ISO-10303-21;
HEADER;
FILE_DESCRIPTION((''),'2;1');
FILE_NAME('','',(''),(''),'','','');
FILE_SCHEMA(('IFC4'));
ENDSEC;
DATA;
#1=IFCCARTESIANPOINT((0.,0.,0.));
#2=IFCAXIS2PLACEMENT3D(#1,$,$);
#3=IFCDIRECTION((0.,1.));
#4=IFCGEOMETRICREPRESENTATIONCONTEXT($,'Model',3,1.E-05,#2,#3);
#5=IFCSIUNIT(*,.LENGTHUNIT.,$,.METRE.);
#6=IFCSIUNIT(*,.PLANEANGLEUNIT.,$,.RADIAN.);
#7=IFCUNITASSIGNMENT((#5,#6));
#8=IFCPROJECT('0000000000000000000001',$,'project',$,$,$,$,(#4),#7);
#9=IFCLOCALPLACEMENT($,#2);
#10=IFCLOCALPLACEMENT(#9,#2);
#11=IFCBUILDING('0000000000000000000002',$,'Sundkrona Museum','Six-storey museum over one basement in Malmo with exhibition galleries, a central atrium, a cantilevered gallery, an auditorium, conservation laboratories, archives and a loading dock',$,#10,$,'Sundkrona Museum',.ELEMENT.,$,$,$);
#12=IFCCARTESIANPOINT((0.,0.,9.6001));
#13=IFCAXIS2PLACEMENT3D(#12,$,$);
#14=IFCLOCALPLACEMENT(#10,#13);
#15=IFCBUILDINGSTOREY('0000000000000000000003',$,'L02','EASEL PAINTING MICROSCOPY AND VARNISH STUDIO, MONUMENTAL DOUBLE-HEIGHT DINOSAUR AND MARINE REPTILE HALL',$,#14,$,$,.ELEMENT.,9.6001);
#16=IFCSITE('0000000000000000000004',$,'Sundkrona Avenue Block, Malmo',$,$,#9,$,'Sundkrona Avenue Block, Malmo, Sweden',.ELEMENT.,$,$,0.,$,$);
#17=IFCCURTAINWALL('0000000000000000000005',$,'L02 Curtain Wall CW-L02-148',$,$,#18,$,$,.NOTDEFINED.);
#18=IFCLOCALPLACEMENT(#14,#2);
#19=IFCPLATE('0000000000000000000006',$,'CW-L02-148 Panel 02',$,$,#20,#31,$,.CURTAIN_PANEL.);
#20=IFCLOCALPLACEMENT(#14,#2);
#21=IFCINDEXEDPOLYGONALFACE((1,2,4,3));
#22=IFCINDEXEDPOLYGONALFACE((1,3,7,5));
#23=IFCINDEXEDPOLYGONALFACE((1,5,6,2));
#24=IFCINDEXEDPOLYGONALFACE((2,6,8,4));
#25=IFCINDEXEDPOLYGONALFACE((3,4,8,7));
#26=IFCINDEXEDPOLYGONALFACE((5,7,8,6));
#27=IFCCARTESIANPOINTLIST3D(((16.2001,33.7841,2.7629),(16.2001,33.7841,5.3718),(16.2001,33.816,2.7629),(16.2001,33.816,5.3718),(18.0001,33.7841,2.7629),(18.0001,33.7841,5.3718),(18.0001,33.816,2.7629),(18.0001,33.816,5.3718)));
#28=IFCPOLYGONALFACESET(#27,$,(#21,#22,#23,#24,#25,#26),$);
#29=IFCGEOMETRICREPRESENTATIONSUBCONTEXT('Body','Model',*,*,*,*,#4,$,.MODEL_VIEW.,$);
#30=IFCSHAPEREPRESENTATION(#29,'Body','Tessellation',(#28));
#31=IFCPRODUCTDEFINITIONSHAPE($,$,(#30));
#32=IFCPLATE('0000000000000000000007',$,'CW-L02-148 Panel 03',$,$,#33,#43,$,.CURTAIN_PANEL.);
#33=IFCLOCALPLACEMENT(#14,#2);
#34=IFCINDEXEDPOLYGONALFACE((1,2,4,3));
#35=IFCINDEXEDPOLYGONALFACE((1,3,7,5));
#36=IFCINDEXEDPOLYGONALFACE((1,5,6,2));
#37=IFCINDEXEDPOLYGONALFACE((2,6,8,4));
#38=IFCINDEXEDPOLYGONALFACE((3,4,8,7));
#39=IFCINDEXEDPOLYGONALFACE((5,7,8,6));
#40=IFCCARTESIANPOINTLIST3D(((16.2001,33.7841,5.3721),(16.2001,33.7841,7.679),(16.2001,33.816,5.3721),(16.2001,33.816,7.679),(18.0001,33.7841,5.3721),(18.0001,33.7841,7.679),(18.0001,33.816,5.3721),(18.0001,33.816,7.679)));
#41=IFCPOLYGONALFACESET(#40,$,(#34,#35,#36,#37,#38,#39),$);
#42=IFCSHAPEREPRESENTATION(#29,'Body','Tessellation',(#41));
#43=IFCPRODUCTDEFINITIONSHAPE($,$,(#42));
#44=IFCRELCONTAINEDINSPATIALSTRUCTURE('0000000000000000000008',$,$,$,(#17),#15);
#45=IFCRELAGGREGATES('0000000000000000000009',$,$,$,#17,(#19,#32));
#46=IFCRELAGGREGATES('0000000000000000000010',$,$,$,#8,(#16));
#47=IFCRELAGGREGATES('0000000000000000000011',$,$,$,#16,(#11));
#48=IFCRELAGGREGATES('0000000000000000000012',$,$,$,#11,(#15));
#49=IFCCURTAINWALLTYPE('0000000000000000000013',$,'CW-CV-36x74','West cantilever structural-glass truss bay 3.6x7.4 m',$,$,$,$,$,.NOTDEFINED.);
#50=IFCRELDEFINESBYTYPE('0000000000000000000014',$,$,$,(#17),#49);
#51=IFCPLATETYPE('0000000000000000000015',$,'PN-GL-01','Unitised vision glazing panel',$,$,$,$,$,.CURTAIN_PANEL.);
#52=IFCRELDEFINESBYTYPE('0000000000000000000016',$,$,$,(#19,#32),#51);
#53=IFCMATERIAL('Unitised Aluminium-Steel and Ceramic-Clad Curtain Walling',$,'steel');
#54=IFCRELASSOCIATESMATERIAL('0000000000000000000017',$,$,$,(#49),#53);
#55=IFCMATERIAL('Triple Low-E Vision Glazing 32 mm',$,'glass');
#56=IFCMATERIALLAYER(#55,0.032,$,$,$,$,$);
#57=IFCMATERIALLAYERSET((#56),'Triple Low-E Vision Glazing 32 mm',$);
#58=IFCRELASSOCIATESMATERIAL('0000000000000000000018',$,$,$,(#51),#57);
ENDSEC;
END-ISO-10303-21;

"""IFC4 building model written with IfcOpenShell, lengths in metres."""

from ifc_helpers import new_model, si_unit, direction, frame, origin, origin_2d, place, context, subcontext, project, spatial, rectangle, extrude, material, layer, layer_set, type_object, element, aggregate, save


model = new_model("IFC4")

# Units and contexts
model_context = context("Model", 3, precision=1e-05, world=origin(), true_north=direction((0.0, 1.0)))
body_context = subcontext(model_context, "Body", "Model", "MODEL_VIEW")
ifc_project = project(units=[si_unit("LENGTHUNIT", "METRE"), si_unit("PLANEANGLEUNIT", "RADIAN")], contexts=[model_context])

# Site, building, storey
site_placement = place(None, origin())
site = spatial("IfcSite", under=ifc_project, at=site_placement, Name="Sundkrona Avenue Block, Malmo", LongName="Sundkrona Avenue Block, Malmo, Sweden", CompositionType="ELEMENT", RefElevation=0.0)
building_placement = place(site_placement, origin())
building = spatial("IfcBuilding", under=site, at=building_placement, Name="Sundkrona Museum", Description="Six-storey museum over one basement in Malmo with exhibition galleries, a central atrium, a cantilevered gallery, an auditorium, conservation laboratories, archives and a loading dock", LongName="Sundkrona Museum", CompositionType="ELEMENT")
storey_placement = place(building_placement, frame((0.0, 0.0, 9.6001)))
storey = spatial("IfcBuildingStorey", under=building, at=storey_placement, Name="L02", Description="EASEL PAINTING MICROSCOPY AND VARNISH STUDIO, MONUMENTAL DOUBLE-HEIGHT DINOSAUR AND MARINE REPTILE HALL", CompositionType="ELEMENT", Elevation=9.6001)

# Curtain wall
ifc_material_1 = material(Name="Unitised Aluminium-Steel and Ceramic-Clad Curtain Walling", Category="steel")
curtain_wall_type = type_object("IfcCurtainWallType", Name="CW-CV-36x74", Description="West cantilever structural-glass truss bay 3.6x7.4 m", PredefinedType="NOTDEFINED", material=ifc_material_1)
curtain_wall_1_placement = place(storey_placement, origin())
curtain_wall_1 = element("IfcCurtainWall", 1, at=curtain_wall_1_placement, inside=storey, type_object=curtain_wall_type, Name="L02 Curtain Wall CW-L02-148", PredefinedType="NOTDEFINED")

# Plates
ifc_material_2 = material(Name="Triple Low-E Vision Glazing 32 mm", Category="glass")
ifc_layer = layer(ifc_material_2, 0.032)
ifc_layer_set = layer_set([ifc_layer], Name="Triple Low-E Vision Glazing 32 mm")
plate_type = type_object("IfcPlateType", Name="PN-GL-01", Description="Unitised vision glazing panel", PredefinedType="CURTAIN_PANEL", material=ifc_layer_set)
plate_1_placement = place(storey_placement, frame((17.1001, 33.8, 2.7629), z_axis=(0.0, 0.0, 1.0), x_axis=(1.0, 0.0, 0.0)))
plate_1 = element("IfcPlate", 2, at=plate_1_placement, type_object=plate_type, Name="CW-L02-148 Panel 02", PredefinedType="CURTAIN_PANEL", context=body_context, shape_type="SweptSolid", body=[
    extrude(rectangle(XDim=1.8, YDim=0.032, at=origin_2d()), origin(), (0.0, 0.0, 1.0), 2.6089),
])
plate_2_placement = place(storey_placement, frame((17.1001, 33.8, 5.3721), z_axis=(0.0, 0.0, 1.0), x_axis=(1.0, 0.0, 0.0)))
plate_2 = element("IfcPlate", 3, at=plate_2_placement, type_object=plate_type, Name="CW-L02-148 Panel 03", PredefinedType="CURTAIN_PANEL", context=body_context, shape_type="SweptSolid", body=[
    extrude(rectangle(XDim=1.8, YDim=0.032, at=origin_2d()), origin(), (0.0, 0.0, 1.0), 2.3069),
])
aggregate(curtain_wall_1, [plate_1, plate_2])

save(model, "model.ifc")
